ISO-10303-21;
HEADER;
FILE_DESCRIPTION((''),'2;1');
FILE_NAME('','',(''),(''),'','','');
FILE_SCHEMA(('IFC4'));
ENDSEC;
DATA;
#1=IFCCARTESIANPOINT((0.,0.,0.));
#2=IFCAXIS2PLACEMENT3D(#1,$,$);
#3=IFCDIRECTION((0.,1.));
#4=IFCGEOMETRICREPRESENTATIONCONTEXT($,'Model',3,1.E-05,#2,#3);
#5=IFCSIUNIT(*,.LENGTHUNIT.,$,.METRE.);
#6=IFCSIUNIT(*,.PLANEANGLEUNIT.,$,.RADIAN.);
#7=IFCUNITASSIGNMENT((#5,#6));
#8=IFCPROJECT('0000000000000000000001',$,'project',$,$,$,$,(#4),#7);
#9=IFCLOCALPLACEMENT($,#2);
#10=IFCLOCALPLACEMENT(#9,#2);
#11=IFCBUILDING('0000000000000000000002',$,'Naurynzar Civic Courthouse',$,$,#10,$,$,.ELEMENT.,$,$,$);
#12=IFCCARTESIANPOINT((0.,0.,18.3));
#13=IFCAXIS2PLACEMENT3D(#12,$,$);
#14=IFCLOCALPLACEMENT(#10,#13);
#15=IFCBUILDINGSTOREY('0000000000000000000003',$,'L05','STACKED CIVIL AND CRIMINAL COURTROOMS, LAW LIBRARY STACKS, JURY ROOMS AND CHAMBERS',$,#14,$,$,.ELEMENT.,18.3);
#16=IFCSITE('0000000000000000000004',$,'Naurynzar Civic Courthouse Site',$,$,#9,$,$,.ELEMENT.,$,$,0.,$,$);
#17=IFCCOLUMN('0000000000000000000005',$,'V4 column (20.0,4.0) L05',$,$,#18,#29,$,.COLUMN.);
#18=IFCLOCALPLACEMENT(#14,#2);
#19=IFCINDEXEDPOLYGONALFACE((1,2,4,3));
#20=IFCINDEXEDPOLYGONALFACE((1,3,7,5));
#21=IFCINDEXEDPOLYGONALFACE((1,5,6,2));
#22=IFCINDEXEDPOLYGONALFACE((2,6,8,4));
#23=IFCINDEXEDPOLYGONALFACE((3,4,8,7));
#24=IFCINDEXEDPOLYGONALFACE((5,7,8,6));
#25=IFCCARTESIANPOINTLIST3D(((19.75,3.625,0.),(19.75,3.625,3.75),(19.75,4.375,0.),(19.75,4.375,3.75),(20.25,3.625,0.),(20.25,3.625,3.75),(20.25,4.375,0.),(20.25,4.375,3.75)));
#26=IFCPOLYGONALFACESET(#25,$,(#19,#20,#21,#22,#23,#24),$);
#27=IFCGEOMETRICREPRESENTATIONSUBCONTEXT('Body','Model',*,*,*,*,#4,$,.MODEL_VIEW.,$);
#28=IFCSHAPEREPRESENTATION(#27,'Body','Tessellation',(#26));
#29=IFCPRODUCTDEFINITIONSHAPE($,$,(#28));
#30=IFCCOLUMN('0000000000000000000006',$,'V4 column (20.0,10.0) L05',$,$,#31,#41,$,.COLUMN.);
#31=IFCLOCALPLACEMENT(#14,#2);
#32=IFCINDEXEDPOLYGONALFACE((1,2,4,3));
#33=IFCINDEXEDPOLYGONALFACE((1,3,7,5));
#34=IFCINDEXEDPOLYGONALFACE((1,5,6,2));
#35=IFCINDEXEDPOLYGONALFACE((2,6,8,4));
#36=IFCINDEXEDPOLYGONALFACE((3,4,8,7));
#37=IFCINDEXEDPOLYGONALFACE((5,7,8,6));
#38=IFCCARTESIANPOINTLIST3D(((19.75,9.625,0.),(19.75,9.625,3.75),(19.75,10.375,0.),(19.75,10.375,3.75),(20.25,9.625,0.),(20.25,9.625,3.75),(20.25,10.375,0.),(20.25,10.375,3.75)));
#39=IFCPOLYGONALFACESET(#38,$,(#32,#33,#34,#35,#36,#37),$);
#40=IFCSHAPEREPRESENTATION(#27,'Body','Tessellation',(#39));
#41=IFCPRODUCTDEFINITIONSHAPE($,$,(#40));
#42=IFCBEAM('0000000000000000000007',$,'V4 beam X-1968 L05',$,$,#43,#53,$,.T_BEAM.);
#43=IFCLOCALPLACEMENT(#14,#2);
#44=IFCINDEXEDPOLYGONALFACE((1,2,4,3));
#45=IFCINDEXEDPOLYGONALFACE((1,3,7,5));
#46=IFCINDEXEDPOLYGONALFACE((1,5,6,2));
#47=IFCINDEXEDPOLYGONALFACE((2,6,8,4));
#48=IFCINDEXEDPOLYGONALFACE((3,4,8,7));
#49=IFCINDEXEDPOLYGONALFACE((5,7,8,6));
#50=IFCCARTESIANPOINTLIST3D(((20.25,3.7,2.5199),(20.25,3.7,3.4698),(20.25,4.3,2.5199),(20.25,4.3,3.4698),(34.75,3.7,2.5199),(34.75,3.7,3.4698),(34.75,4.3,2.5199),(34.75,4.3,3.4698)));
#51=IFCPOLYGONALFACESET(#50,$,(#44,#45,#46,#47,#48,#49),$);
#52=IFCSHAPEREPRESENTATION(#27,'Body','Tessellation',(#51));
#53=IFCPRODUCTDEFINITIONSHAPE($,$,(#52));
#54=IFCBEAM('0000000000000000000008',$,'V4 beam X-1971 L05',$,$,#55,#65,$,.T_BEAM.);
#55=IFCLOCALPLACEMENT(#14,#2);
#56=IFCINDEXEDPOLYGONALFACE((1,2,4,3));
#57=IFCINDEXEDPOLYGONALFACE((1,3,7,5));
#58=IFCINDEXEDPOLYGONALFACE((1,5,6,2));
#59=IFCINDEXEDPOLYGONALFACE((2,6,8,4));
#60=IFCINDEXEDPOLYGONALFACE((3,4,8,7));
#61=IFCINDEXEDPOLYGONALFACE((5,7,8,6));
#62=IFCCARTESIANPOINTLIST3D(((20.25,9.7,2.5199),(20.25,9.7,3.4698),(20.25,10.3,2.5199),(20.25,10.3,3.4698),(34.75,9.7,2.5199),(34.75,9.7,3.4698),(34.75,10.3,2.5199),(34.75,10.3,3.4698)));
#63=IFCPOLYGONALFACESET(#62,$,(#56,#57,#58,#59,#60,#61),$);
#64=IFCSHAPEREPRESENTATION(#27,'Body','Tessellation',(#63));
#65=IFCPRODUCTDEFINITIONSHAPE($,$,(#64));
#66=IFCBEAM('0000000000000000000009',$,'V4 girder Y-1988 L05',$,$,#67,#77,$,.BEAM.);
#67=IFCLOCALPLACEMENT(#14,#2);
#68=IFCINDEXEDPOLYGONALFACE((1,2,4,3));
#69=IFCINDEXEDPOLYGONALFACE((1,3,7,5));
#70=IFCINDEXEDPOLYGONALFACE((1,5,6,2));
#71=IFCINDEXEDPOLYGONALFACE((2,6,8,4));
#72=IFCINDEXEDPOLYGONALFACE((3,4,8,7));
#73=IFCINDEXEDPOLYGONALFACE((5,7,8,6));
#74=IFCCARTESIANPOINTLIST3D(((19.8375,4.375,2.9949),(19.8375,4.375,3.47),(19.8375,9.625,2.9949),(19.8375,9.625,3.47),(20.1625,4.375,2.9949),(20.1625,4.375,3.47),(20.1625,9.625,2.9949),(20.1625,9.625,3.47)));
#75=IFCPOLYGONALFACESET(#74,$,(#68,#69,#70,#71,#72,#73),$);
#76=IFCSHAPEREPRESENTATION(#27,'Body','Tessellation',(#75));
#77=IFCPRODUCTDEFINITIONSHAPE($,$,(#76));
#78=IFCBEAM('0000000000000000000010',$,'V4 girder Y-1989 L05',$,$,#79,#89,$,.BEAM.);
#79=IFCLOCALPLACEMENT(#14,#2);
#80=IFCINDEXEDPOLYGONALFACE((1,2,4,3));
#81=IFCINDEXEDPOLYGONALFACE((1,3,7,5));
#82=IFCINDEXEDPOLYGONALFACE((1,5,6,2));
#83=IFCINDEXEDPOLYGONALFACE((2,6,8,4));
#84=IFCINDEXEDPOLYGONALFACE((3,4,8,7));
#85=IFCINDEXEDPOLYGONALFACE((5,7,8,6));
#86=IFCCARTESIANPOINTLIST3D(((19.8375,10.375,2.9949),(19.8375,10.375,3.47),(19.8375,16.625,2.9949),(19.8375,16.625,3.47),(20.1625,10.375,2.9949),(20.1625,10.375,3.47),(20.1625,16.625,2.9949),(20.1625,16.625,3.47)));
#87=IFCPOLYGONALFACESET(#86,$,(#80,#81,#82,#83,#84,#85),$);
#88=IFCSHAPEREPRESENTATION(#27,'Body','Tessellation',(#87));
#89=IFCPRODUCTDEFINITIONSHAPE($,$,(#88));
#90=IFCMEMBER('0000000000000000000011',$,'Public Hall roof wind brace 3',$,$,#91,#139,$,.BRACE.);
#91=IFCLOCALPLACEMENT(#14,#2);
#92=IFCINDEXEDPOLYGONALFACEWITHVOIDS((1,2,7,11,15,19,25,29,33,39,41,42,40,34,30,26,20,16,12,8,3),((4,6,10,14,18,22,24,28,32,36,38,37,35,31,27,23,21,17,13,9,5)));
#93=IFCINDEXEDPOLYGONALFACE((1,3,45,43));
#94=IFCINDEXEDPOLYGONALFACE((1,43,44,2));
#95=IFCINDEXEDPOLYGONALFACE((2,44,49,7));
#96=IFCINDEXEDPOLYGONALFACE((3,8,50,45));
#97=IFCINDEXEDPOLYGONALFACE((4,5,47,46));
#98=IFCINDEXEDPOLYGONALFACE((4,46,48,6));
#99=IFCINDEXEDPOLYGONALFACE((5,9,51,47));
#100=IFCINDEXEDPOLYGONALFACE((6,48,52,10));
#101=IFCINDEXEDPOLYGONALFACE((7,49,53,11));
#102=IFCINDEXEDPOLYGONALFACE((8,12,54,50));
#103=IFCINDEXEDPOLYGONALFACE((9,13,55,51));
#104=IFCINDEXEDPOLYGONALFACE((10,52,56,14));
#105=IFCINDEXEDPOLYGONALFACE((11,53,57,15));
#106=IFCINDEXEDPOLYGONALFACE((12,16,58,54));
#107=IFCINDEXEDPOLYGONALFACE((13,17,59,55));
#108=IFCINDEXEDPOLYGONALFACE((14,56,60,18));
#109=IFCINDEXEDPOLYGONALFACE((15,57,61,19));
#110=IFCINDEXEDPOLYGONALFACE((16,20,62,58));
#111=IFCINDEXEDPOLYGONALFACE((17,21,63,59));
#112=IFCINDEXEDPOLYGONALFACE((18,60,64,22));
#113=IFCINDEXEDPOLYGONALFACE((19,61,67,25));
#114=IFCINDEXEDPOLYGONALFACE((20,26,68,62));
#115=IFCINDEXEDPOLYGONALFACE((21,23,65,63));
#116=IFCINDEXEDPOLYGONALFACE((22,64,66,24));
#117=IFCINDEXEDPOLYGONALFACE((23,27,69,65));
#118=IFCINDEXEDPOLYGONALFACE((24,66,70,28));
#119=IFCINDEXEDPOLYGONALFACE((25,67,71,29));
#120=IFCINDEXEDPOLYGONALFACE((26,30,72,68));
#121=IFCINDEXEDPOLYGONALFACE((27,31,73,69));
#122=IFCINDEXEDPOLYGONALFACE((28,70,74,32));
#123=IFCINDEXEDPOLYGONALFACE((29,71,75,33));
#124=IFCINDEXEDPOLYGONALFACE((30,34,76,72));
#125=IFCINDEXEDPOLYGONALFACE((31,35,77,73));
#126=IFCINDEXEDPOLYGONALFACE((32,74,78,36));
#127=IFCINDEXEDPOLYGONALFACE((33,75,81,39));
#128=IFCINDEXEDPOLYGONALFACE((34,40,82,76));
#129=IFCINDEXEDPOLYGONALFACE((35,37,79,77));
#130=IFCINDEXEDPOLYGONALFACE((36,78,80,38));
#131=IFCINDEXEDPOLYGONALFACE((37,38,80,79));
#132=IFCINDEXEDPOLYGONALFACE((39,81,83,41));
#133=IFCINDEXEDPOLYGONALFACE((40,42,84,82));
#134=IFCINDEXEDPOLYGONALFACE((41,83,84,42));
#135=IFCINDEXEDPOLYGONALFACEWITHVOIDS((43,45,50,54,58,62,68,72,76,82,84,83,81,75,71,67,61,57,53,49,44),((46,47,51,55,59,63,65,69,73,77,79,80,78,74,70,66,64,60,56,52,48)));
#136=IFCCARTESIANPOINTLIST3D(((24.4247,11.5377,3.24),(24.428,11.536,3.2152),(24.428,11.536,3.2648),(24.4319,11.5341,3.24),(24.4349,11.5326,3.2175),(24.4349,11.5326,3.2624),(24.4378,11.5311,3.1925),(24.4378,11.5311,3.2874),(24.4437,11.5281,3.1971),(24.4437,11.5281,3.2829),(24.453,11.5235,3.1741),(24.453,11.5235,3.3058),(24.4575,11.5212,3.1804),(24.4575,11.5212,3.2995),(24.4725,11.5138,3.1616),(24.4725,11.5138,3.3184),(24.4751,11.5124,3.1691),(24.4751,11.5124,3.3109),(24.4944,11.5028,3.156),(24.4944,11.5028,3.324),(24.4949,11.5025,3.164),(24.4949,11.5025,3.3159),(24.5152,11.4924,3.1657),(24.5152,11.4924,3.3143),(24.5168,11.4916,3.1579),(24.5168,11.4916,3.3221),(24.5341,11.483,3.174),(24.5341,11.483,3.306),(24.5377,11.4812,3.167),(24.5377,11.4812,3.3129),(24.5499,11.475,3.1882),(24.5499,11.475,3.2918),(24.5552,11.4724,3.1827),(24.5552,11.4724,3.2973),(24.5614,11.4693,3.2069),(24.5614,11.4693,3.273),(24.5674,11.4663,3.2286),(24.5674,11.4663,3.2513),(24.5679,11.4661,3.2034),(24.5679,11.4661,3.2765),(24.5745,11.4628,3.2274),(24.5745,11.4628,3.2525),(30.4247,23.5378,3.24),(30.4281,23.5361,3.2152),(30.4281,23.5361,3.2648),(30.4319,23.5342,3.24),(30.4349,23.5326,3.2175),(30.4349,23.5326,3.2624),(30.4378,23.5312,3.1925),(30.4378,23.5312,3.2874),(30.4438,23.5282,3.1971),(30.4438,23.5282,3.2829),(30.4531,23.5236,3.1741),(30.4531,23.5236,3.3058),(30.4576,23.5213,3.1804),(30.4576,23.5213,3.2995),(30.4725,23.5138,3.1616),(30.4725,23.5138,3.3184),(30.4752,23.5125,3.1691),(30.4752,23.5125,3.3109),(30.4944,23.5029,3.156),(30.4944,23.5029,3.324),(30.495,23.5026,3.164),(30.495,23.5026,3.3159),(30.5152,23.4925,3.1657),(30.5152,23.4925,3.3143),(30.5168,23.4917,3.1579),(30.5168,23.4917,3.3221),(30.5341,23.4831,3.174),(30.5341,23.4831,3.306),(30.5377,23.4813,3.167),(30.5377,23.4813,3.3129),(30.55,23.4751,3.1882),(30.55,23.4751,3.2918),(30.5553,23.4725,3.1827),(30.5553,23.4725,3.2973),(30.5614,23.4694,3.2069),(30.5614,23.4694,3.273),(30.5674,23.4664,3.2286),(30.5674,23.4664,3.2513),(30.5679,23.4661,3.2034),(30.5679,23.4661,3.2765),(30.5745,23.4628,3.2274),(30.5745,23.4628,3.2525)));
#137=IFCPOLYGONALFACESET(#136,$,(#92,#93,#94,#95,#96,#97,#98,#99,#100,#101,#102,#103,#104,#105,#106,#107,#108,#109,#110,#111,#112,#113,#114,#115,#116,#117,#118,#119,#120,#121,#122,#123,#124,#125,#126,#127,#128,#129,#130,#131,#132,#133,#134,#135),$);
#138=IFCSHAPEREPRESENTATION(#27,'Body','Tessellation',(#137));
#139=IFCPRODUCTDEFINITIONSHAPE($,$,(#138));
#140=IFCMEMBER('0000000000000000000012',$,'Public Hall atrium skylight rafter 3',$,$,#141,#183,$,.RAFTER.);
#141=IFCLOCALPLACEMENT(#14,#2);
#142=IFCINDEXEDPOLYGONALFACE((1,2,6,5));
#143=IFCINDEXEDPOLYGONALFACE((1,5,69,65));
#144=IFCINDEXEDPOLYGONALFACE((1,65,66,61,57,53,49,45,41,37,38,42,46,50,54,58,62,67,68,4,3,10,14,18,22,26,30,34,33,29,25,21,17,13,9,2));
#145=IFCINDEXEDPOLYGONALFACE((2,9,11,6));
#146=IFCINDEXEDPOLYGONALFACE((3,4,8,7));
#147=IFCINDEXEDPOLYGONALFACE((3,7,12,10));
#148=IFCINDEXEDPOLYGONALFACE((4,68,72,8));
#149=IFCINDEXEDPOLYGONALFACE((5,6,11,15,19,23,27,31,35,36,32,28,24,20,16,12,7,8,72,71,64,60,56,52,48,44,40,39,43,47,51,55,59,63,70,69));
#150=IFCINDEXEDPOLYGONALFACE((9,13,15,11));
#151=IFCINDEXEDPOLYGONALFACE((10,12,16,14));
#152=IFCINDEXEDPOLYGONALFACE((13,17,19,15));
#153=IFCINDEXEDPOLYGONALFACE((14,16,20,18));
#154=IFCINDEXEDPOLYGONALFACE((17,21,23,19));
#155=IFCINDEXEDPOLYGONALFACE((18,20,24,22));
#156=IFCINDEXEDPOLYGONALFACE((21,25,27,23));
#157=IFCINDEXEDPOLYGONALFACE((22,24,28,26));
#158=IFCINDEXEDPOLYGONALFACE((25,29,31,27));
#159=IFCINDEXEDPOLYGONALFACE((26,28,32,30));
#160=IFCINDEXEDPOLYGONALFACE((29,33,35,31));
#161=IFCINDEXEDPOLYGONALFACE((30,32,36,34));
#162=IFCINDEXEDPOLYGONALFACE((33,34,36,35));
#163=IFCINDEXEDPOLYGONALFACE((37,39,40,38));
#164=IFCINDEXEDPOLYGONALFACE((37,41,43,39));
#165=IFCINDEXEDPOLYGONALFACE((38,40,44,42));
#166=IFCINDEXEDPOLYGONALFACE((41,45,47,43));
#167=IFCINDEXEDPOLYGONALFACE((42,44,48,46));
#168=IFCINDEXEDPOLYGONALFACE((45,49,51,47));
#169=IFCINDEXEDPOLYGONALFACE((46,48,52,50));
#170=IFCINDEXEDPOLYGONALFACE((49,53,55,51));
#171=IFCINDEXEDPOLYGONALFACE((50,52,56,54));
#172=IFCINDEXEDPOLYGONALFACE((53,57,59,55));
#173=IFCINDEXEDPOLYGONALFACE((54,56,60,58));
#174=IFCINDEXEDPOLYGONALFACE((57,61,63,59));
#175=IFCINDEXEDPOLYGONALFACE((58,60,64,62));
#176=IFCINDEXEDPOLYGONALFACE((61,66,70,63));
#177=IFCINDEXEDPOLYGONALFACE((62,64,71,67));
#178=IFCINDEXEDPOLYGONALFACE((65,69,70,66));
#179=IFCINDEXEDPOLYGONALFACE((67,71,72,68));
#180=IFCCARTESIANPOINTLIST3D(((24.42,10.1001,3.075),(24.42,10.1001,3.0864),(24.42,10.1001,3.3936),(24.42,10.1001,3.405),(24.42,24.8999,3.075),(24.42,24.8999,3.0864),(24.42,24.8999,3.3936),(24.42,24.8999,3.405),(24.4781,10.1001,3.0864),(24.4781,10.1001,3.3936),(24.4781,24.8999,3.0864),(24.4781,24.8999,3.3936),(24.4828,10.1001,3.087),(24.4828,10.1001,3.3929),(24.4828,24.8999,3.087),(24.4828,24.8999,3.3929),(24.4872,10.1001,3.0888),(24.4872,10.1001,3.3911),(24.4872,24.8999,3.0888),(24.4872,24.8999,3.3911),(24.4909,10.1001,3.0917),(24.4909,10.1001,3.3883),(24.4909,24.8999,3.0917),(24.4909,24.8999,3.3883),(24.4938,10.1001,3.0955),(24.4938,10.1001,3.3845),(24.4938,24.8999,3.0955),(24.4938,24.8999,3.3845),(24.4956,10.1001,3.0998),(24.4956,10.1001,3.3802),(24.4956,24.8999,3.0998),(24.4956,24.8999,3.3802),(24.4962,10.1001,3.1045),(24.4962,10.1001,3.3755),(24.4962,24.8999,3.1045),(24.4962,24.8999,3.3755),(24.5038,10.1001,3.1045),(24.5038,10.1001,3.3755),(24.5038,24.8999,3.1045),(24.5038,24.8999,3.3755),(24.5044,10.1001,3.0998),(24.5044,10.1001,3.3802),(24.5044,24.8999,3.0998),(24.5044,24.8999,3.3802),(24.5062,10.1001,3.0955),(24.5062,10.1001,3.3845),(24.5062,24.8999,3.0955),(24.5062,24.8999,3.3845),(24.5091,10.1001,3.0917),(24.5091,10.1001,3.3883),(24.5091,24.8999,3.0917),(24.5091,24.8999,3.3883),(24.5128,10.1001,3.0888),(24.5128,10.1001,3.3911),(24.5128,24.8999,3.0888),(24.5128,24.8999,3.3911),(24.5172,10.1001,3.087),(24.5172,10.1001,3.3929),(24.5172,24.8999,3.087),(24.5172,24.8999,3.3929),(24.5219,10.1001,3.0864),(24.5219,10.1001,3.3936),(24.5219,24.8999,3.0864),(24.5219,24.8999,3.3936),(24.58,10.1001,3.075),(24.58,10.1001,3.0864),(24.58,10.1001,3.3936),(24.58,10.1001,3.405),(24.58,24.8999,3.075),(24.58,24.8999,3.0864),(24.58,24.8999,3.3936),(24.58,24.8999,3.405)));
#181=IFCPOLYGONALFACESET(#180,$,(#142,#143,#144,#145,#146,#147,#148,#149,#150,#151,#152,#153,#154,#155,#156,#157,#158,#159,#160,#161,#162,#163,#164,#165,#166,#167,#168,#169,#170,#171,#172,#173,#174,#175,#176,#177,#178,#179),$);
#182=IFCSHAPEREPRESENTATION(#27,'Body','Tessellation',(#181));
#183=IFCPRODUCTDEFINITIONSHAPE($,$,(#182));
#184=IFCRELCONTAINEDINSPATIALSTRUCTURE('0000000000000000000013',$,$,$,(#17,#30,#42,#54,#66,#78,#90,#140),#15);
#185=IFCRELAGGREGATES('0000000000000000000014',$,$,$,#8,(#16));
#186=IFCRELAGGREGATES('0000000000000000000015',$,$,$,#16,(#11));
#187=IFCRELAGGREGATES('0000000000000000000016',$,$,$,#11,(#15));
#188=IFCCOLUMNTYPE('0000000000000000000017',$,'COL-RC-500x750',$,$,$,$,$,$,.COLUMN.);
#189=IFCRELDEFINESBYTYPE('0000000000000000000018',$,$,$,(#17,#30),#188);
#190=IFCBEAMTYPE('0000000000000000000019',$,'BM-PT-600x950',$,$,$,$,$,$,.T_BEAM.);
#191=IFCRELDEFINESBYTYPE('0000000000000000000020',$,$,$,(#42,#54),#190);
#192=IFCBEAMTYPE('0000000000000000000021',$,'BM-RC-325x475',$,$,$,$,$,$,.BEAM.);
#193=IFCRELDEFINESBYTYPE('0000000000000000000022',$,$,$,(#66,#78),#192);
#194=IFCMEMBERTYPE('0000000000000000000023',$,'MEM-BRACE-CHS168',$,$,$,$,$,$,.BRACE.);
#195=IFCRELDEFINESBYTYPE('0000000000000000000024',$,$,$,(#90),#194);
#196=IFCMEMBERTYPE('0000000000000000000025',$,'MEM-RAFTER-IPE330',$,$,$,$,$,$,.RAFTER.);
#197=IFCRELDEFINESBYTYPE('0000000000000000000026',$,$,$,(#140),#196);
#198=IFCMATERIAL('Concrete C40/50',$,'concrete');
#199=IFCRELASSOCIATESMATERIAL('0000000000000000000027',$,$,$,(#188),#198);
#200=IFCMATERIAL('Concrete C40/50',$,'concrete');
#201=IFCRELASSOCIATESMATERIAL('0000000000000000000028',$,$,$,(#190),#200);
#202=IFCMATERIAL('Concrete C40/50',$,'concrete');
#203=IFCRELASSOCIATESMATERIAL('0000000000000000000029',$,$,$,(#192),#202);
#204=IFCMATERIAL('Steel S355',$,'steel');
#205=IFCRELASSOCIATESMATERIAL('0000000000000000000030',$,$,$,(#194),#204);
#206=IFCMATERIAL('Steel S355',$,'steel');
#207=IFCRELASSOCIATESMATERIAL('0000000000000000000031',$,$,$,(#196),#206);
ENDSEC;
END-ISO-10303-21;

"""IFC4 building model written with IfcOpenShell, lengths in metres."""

from ifc_helpers import new_model, si_unit, direction, frame, origin, origin_2d, place, context, subcontext, project, spatial, rectangle, hollow_circle, i_section, extrude, material, material_profile, profile_set, type_object, element, save


model = new_model("IFC4")

# Units and contexts
model_context = context("Model", 3, precision=1e-05, world=origin(), true_north=direction((0.0, 1.0)))
body_context = subcontext(model_context, "Body", "Model", "MODEL_VIEW")
ifc_project = project(units=[si_unit("LENGTHUNIT", "METRE"), si_unit("PLANEANGLEUNIT", "RADIAN")], contexts=[model_context])

# Site, building, storey
site_placement = place(None, origin())
site = spatial("IfcSite", under=ifc_project, at=site_placement, Name="Naurynzar Civic Courthouse Site", CompositionType="ELEMENT", RefElevation=0.0)
building_placement = place(site_placement, origin())
building = spatial("IfcBuilding", under=site, at=building_placement, Name="Naurynzar Civic Courthouse", CompositionType="ELEMENT")
storey_placement = place(building_placement, frame((0.0, 0.0, 18.3)))
storey = spatial("IfcBuildingStorey", under=building, at=storey_placement, Name="L05", Description="STACKED CIVIL AND CRIMINAL COURTROOMS, LAW LIBRARY STACKS, JURY ROOMS AND CHAMBERS", CompositionType="ELEMENT", Elevation=18.3)

# Columns
ifc_material_1 = material(Name="Concrete C40/50", Category="concrete")
ifc_material_profile_1 = material_profile(ifc_material_1, rectangle(XDim=0.5, YDim=0.75, at=origin_2d()), Name="RC 500x750")
ifc_profile_set_1 = profile_set([ifc_material_profile_1], Name="Concrete C40/50")
column_type = type_object("IfcColumnType", Name="COL-RC-500x750", PredefinedType="COLUMN", material=ifc_profile_set_1)
for number, where, z_axis, x_axis, name in (
    (1, (20.0, 4.0, 0.0), (0.0, 0.0, 1.0), (1.0, 0.0, 0.0), "V4 column (20.0,4.0) L05"),
    (2, (20.0, 10.0, 0.0), (0.0, 0.0, 1.0), (1.0, 0.0, 0.0), "V4 column (20.0,10.0) L05"),
):
    element("IfcColumn", number, at=place(storey_placement, frame(where, z_axis=z_axis, x_axis=x_axis)), inside=storey, type_object=column_type, Name=name, PredefinedType="COLUMN", context=body_context, shape_type="SweptSolid", body=[
        extrude(rectangle(XDim=0.5, YDim=0.75, at=origin_2d()), origin(), (0.0, 0.0, 1.0), 3.75),
    ])

# Beams
ifc_material_2 = material(Name="Concrete C40/50", Category="concrete")
ifc_material_profile_2 = material_profile(ifc_material_2, rectangle(XDim=0.6001, YDim=0.95, at=origin_2d()), Name="PTB 600x950")
ifc_profile_set_2 = profile_set([ifc_material_profile_2], Name="Concrete C40/50")
beam_type_1 = type_object("IfcBeamType", Name="BM-PT-600x950", PredefinedType="T_BEAM", material=ifc_profile_set_2)
for number, where, z_axis, x_axis, name in (
    (3, (20.25, 4.0, 2.9949), (1.0, 0.0, 0.0), (0.0, 1.0, 0.0), "V4 beam X-1968 L05"),
    (4, (20.25, 10.0, 2.9949), (1.0, 0.0, 0.0), (0.0, 1.0, 0.0), "V4 beam X-1971 L05"),
):
    element("IfcBeam", number, at=place(storey_placement, frame(where, z_axis=z_axis, x_axis=x_axis)), inside=storey, type_object=beam_type_1, Name=name, PredefinedType="T_BEAM", context=body_context, shape_type="SweptSolid", body=[
        extrude(rectangle(XDim=0.6001, YDim=0.95, at=origin_2d()), origin(), (0.0, 0.0, 1.0), 14.5),
    ])
ifc_material_3 = material(Name="Concrete C40/50", Category="concrete")
ifc_material_profile_3 = material_profile(ifc_material_3, rectangle(XDim=0.325, YDim=0.4751, at=origin_2d()), Name="RCB 325x475")
ifc_profile_set_3 = profile_set([ifc_material_profile_3], Name="Concrete C40/50")
beam_type_2 = type_object("IfcBeamType", Name="BM-RC-325x475", PredefinedType="BEAM", material=ifc_profile_set_3)
beam_1_placement = place(storey_placement, frame((20.0, 4.375, 3.2324), z_axis=(0.0, 1.0, 0.0), x_axis=(-1.0, 0.0, 0.0)))
element("IfcBeam", 5, at=beam_1_placement, inside=storey, type_object=beam_type_2, Name="V4 girder Y-1988 L05", PredefinedType="BEAM", context=body_context, shape_type="SweptSolid", body=[
    extrude(rectangle(XDim=0.325, YDim=0.4751, at=origin_2d()), origin(), (0.0, 0.0, 1.0), 5.25),
])
beam_2_placement = place(storey_placement, frame((20.0, 10.375, 3.2324), z_axis=(0.0, 1.0, 0.0), x_axis=(-1.0, 0.0, 0.0)))
element("IfcBeam", 6, at=beam_2_placement, inside=storey, type_object=beam_type_2, Name="V4 girder Y-1989 L05", PredefinedType="BEAM", context=body_context, shape_type="SweptSolid", body=[
    extrude(rectangle(XDim=0.325, YDim=0.4751, at=origin_2d()), origin(), (0.0, 0.0, 1.0), 6.25),
])

# Members
ifc_material_4 = material(Name="Steel S355", Category="steel")
ifc_material_profile_4 = material_profile(ifc_material_4, hollow_circle(Radius=0.0842, WallThickness=0.0081, at=origin_2d()), Name="CHS 168.3x8")
ifc_profile_set_4 = profile_set([ifc_material_profile_4], Name="Steel S355")
member_type_1 = type_object("IfcMemberType", Name="MEM-BRACE-CHS168", PredefinedType="BRACE", material=ifc_profile_set_4)
member_placement = place(storey_placement, frame((24.5, 11.5, 3.24), z_axis=(0.447214, 0.894427, 0.0), x_axis=(-0.894427, 0.447214, 0.0)))
element("IfcMember", 7, at=member_placement, inside=storey, type_object=member_type_1, Name="Public Hall roof wind brace 3", PredefinedType="BRACE", context=body_context, shape_type="SweptSolid", body=[
    extrude(hollow_circle(Radius=0.0842, WallThickness=0.0081, at=origin_2d()), origin(), (0.0, 0.0, 1.0), 13.4165),
])
ifc_material_5 = material(Name="Steel S355", Category="steel")
ifc_material_profile_5 = material_profile(ifc_material_5, i_section(OverallWidth=0.1599, OverallDepth=0.3301, WebThickness=0.0076, FlangeThickness=0.0115, FilletRadius=0.0181, at=origin_2d()), Name="IPE 330")
ifc_profile_set_5 = profile_set([ifc_material_profile_5], Name="Steel S355")
member_type_2 = type_object("IfcMemberType", Name="MEM-RAFTER-IPE330", PredefinedType="RAFTER", material=ifc_profile_set_5)
for number, where, z_axis, x_axis, name in (
    (8, (24.5, 10.1001, 3.24), (0.0, 1.0, 0.0), (-1.0, 0.0, 0.0), "Public Hall atrium skylight rafter 3"),
):
    element("IfcMember", number, at=place(storey_placement, frame(where, z_axis=z_axis, x_axis=x_axis)), inside=storey, type_object=member_type_2, Name=name, PredefinedType="RAFTER", context=body_context, shape_type="SweptSolid", body=[
        extrude(i_section(OverallWidth=0.1599, OverallDepth=0.3301, WebThickness=0.0076, FlangeThickness=0.0115, FilletRadius=0.0181, at=origin_2d()), origin(), (0.0, 0.0, 1.0), 14.7998),
    ])

save(model, "model.ifc")
